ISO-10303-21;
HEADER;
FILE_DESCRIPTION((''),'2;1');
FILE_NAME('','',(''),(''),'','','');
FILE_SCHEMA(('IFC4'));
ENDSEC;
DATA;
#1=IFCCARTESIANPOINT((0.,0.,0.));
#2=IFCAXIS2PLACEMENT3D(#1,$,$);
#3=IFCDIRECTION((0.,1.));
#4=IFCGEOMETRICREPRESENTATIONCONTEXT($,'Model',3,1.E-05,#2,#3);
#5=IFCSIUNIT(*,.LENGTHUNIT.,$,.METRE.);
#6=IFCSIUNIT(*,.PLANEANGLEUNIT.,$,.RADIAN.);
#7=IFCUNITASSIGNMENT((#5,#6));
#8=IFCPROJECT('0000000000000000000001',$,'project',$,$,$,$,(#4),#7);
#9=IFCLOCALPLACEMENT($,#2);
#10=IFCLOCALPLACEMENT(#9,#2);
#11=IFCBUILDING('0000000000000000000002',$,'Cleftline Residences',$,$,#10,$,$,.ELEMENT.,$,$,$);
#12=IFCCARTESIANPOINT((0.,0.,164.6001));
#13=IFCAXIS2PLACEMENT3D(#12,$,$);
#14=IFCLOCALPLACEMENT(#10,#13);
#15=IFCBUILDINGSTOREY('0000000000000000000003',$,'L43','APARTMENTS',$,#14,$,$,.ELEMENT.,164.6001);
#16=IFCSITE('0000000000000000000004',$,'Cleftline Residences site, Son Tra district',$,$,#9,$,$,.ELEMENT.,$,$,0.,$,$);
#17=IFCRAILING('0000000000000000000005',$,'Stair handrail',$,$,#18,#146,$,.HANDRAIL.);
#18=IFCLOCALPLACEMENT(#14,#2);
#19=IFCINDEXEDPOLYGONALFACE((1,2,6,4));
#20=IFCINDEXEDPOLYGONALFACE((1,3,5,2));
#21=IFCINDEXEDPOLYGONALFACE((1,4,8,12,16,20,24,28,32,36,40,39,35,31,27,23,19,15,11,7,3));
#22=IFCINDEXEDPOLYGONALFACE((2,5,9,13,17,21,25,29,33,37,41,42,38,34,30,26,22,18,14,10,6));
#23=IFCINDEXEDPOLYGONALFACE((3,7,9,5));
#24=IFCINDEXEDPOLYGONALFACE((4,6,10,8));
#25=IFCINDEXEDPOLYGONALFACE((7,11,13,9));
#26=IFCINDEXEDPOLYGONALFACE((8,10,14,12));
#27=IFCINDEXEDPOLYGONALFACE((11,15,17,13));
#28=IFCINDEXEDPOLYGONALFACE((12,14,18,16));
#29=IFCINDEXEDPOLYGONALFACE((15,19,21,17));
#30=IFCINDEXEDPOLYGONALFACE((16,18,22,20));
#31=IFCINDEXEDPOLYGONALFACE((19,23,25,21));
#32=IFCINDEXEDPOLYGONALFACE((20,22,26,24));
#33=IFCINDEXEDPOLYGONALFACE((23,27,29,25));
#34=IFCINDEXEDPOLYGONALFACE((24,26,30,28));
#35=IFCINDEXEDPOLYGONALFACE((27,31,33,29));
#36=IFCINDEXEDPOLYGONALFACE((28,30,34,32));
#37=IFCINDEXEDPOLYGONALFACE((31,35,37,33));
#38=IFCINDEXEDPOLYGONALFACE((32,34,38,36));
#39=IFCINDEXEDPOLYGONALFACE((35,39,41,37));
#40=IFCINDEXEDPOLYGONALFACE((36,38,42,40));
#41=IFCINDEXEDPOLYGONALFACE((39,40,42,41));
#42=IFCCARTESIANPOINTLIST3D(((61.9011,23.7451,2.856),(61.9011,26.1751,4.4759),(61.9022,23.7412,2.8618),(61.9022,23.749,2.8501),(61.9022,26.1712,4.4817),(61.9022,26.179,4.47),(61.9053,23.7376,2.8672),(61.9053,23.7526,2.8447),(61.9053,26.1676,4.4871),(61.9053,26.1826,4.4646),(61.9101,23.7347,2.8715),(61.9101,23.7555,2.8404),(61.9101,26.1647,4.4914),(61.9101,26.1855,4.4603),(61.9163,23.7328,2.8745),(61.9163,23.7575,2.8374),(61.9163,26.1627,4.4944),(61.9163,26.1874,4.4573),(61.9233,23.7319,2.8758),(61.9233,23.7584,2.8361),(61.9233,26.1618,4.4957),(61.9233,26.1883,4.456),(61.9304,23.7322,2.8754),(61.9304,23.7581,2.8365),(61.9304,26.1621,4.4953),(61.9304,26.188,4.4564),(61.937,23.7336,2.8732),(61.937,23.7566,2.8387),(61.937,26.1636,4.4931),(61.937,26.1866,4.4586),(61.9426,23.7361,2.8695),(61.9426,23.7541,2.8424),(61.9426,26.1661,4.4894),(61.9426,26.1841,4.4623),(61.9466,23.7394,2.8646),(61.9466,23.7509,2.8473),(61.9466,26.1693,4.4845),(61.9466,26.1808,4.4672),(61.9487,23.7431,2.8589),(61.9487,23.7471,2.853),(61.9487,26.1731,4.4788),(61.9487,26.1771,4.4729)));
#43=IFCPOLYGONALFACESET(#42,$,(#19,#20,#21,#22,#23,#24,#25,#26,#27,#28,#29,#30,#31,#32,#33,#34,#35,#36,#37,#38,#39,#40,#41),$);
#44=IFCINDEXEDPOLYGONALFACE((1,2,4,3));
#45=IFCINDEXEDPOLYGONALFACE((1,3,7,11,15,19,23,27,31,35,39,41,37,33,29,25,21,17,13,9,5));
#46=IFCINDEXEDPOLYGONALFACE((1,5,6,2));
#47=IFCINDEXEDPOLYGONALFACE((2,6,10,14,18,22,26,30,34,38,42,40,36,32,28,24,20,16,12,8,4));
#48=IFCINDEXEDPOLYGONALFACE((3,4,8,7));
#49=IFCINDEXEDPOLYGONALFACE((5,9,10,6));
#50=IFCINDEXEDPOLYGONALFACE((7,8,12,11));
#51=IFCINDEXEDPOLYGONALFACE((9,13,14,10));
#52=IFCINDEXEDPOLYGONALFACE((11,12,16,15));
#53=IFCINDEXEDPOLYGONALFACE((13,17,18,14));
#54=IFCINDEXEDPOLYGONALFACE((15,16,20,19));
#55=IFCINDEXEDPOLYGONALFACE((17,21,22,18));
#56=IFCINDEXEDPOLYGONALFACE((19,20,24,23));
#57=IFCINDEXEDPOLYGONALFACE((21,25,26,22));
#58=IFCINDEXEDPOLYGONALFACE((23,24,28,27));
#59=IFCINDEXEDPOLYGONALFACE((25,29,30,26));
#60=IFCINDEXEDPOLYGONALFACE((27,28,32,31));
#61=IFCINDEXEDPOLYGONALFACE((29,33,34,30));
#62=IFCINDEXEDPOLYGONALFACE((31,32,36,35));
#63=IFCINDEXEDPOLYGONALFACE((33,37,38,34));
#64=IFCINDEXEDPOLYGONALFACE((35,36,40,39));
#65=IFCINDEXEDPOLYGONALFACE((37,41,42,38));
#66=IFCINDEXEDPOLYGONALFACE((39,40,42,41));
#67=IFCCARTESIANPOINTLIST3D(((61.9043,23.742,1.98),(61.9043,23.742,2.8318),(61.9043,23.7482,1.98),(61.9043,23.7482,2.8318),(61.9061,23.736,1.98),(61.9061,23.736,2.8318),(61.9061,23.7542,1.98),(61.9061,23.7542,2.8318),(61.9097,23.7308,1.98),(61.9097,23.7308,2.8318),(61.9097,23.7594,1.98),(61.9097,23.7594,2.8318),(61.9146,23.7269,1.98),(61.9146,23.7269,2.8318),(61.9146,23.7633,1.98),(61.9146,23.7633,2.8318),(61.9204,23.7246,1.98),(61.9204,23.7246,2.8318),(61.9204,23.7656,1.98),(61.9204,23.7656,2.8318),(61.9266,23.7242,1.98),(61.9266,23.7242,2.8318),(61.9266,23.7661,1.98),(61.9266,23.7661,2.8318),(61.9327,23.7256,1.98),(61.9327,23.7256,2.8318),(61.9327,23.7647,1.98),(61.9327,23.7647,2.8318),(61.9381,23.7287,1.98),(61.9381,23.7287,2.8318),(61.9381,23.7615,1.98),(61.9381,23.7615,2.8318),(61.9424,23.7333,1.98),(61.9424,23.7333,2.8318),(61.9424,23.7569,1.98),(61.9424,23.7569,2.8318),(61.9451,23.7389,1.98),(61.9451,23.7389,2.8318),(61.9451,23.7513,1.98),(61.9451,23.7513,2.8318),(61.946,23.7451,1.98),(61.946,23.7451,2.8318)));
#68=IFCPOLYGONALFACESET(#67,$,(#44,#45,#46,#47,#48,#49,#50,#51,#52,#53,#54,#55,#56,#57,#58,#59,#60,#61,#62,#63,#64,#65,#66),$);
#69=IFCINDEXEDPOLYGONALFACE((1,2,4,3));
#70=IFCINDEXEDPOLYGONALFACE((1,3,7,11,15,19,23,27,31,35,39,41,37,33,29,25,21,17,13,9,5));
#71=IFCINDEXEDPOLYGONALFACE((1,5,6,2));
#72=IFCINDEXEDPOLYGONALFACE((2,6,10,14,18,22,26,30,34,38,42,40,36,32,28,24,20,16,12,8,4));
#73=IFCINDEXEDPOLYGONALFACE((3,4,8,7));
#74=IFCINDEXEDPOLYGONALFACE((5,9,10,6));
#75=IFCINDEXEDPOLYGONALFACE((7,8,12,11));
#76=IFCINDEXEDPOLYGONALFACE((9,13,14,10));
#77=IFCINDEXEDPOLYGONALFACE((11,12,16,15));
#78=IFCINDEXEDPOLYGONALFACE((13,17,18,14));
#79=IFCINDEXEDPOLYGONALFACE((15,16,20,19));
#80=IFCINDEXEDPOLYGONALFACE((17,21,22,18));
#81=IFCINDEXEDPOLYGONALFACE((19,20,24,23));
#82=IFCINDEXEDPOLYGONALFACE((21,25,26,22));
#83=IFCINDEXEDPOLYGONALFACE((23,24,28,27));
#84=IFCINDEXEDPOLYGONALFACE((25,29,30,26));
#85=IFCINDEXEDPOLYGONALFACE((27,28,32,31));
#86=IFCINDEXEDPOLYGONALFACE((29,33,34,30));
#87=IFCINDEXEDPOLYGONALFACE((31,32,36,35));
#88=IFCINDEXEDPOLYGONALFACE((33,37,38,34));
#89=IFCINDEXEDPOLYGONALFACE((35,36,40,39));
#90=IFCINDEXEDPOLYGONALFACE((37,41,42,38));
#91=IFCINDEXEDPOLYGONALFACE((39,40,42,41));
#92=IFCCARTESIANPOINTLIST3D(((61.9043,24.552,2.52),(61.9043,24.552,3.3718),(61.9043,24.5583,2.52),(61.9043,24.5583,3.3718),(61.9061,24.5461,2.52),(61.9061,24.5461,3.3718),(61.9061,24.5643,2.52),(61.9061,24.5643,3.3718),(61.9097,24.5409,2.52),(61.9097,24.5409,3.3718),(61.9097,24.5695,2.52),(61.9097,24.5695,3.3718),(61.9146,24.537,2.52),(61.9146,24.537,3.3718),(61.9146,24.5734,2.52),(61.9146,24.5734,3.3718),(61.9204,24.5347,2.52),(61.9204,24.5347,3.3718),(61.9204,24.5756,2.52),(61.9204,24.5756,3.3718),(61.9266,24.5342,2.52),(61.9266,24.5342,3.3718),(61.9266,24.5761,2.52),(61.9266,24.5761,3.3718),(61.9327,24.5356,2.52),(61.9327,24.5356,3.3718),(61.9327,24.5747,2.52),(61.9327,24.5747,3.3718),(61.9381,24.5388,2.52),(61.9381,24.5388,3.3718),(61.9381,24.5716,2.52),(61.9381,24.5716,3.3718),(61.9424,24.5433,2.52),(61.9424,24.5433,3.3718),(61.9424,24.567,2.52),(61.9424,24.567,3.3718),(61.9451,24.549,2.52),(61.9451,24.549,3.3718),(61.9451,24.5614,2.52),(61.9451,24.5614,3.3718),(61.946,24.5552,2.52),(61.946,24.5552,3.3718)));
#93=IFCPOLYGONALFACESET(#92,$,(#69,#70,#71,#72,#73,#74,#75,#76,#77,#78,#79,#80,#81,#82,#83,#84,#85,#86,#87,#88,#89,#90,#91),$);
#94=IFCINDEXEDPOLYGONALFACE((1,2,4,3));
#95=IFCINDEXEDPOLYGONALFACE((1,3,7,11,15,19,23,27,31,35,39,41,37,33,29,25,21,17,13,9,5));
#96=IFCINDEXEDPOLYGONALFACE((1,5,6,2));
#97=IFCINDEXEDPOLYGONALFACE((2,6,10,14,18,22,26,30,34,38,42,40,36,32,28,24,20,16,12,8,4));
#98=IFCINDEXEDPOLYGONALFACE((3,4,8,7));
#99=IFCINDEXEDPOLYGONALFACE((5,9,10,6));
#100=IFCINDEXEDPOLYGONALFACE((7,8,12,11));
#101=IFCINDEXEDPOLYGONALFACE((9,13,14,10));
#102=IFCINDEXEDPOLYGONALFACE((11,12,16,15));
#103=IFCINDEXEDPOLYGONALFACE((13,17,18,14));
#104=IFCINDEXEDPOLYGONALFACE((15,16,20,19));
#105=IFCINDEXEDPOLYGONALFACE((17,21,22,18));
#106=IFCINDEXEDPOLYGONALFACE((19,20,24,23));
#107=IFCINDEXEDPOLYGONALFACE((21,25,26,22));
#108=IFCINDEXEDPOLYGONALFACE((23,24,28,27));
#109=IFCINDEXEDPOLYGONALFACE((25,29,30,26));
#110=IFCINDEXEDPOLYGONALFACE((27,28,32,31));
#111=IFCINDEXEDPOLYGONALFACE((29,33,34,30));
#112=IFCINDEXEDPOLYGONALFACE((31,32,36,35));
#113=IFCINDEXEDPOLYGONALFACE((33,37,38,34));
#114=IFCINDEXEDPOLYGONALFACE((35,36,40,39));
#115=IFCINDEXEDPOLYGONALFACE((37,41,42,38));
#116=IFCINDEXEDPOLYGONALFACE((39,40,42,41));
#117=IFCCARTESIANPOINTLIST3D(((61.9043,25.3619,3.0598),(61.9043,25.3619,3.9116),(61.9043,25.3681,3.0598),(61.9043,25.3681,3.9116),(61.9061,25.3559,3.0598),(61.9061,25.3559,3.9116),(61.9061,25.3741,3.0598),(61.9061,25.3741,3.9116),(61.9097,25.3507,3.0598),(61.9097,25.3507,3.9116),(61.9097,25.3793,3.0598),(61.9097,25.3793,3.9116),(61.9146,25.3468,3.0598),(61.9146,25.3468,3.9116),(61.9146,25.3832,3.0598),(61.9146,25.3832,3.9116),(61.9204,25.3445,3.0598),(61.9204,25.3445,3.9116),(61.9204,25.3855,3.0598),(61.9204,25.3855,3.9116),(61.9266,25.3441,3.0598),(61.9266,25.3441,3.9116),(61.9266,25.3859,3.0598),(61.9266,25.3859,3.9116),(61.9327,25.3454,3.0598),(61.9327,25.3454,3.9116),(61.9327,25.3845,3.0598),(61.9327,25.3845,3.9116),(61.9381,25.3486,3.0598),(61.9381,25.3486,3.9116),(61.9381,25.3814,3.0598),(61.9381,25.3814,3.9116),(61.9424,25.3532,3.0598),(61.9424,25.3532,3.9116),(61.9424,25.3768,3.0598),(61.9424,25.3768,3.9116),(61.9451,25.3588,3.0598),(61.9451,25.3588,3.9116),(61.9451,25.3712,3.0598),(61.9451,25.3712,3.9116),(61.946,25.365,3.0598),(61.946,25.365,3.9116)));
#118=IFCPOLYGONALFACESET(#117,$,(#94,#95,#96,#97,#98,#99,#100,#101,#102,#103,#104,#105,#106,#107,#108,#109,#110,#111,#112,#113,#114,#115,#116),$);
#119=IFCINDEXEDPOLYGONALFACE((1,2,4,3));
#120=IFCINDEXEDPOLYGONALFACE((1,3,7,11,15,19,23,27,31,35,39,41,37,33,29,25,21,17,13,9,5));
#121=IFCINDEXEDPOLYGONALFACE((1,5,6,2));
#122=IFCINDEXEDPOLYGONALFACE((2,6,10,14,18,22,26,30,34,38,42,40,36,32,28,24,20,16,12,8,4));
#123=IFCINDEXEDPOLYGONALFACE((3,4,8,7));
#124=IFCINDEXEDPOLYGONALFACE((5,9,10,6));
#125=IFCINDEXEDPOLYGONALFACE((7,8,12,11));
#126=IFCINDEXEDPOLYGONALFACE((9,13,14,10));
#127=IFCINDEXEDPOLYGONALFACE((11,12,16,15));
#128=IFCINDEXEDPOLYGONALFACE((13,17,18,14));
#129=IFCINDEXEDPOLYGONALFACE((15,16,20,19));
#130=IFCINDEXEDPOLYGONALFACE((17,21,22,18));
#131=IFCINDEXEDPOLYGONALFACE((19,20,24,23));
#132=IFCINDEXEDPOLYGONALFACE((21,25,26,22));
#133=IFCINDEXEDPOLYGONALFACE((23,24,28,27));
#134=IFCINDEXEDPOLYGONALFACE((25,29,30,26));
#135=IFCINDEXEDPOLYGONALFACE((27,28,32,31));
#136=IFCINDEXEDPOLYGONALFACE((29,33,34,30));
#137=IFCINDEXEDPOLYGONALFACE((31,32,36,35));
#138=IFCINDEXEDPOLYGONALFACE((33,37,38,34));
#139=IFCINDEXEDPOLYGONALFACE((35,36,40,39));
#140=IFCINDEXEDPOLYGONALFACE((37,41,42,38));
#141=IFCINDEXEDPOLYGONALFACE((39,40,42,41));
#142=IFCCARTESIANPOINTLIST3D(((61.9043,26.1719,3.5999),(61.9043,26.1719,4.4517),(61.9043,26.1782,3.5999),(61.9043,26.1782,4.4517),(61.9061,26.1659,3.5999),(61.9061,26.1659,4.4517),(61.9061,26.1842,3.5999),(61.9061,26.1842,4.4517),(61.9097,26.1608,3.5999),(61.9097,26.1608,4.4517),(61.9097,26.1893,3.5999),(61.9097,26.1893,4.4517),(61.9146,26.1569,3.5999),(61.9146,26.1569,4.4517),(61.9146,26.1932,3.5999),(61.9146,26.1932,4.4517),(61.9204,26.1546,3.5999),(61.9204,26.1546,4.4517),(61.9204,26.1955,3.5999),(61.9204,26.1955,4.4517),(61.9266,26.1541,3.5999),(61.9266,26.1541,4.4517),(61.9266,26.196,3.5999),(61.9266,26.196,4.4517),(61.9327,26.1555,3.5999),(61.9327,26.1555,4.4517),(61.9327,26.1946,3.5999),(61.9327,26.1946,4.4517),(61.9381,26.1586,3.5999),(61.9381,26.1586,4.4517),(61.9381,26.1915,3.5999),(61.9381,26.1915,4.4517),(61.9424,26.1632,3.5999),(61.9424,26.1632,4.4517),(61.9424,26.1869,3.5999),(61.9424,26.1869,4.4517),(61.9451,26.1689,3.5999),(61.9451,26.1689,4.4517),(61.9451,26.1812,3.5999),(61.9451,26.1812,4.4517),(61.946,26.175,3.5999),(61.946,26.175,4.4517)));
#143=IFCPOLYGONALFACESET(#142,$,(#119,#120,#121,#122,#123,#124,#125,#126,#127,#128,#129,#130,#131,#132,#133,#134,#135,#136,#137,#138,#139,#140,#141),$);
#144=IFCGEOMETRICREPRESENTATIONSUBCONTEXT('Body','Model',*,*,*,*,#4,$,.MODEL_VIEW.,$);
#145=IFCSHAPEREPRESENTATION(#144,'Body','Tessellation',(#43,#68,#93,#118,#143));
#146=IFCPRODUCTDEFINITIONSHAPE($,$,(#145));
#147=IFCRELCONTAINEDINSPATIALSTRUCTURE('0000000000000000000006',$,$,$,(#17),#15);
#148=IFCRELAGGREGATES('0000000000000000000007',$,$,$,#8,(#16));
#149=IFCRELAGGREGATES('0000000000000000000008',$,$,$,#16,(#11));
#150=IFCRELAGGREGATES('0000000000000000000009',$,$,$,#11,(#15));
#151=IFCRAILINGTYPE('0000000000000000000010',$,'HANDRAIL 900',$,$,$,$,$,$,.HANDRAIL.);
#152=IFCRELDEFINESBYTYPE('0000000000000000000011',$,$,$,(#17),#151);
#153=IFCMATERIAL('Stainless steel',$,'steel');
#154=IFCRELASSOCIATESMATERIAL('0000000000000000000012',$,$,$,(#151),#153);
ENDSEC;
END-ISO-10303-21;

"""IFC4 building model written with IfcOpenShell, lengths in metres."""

from ifc_helpers import new_model, si_unit, direction, frame, origin, origin_2d, place, context, subcontext, project, spatial, circle, extrude, material, type_object, element, save


model = new_model("IFC4")

# Units and contexts
model_context = context("Model", 3, precision=1e-05, world=origin(), true_north=direction((0.0, 1.0)))
body_context = subcontext(model_context, "Body", "Model", "MODEL_VIEW")
ifc_project = project(units=[si_unit("LENGTHUNIT", "METRE"), si_unit("PLANEANGLEUNIT", "RADIAN")], contexts=[model_context])

# Site, building, storey
site_placement = place(None, origin())
site = spatial("IfcSite", under=ifc_project, at=site_placement, Name="Cleftline Residences site, Son Tra district", CompositionType="ELEMENT", RefElevation=0.0)
building_placement = place(site_placement, origin())
building = spatial("IfcBuilding", under=site, at=building_placement, Name="Cleftline Residences", CompositionType="ELEMENT")
storey_placement = place(building_placement, frame((0.0, 0.0, 164.6001)))
storey = spatial("IfcBuildingStorey", under=building, at=storey_placement, Name="L43", Description="APARTMENTS", CompositionType="ELEMENT", Elevation=164.6001)

# Railing
ifc_material_1 = material(Name="Stainless steel", Category="steel")
railing_type = type_object("IfcRailingType", Name="HANDRAIL 900", PredefinedType="HANDRAIL", material=ifc_material_1)
railing_placement = place(storey_placement, frame((61.925, 23.7451, 1.98)))
element("IfcRailing", 1, at=railing_placement, inside=storey, type_object=railing_type, Name="Stair handrail", PredefinedType="HANDRAIL", context=body_context, shape_type="SweptSolid", body=[
    extrude(circle(Radius=0.0239, at=origin_2d()), frame((0.0, 0.0, 0.876), z_axis=(0.0, 0.832063, 0.554681), x_axis=(-1.0, 0.0, 0.0)), (0.0, 0.0, 1.0), 2.9204),
    extrude(circle(Radius=0.021, at=origin_2d()), origin(), (0.0, 0.0, 1.0), 0.8518),
    extrude(circle(Radius=0.021, at=origin_2d()), frame((0.0, 0.8101, 0.54)), (0.0, 0.0, 1.0), 0.8518),
    extrude(circle(Radius=0.021, at=origin_2d()), frame((0.0, 1.6199, 1.0798)), (0.0, 0.0, 1.0), 0.8518),
    extrude(circle(Radius=0.021, at=origin_2d()), frame((0.0, 2.4299, 1.6199)), (0.0, 0.0, 1.0), 0.8518),
])

save(model, "model.ifc")
